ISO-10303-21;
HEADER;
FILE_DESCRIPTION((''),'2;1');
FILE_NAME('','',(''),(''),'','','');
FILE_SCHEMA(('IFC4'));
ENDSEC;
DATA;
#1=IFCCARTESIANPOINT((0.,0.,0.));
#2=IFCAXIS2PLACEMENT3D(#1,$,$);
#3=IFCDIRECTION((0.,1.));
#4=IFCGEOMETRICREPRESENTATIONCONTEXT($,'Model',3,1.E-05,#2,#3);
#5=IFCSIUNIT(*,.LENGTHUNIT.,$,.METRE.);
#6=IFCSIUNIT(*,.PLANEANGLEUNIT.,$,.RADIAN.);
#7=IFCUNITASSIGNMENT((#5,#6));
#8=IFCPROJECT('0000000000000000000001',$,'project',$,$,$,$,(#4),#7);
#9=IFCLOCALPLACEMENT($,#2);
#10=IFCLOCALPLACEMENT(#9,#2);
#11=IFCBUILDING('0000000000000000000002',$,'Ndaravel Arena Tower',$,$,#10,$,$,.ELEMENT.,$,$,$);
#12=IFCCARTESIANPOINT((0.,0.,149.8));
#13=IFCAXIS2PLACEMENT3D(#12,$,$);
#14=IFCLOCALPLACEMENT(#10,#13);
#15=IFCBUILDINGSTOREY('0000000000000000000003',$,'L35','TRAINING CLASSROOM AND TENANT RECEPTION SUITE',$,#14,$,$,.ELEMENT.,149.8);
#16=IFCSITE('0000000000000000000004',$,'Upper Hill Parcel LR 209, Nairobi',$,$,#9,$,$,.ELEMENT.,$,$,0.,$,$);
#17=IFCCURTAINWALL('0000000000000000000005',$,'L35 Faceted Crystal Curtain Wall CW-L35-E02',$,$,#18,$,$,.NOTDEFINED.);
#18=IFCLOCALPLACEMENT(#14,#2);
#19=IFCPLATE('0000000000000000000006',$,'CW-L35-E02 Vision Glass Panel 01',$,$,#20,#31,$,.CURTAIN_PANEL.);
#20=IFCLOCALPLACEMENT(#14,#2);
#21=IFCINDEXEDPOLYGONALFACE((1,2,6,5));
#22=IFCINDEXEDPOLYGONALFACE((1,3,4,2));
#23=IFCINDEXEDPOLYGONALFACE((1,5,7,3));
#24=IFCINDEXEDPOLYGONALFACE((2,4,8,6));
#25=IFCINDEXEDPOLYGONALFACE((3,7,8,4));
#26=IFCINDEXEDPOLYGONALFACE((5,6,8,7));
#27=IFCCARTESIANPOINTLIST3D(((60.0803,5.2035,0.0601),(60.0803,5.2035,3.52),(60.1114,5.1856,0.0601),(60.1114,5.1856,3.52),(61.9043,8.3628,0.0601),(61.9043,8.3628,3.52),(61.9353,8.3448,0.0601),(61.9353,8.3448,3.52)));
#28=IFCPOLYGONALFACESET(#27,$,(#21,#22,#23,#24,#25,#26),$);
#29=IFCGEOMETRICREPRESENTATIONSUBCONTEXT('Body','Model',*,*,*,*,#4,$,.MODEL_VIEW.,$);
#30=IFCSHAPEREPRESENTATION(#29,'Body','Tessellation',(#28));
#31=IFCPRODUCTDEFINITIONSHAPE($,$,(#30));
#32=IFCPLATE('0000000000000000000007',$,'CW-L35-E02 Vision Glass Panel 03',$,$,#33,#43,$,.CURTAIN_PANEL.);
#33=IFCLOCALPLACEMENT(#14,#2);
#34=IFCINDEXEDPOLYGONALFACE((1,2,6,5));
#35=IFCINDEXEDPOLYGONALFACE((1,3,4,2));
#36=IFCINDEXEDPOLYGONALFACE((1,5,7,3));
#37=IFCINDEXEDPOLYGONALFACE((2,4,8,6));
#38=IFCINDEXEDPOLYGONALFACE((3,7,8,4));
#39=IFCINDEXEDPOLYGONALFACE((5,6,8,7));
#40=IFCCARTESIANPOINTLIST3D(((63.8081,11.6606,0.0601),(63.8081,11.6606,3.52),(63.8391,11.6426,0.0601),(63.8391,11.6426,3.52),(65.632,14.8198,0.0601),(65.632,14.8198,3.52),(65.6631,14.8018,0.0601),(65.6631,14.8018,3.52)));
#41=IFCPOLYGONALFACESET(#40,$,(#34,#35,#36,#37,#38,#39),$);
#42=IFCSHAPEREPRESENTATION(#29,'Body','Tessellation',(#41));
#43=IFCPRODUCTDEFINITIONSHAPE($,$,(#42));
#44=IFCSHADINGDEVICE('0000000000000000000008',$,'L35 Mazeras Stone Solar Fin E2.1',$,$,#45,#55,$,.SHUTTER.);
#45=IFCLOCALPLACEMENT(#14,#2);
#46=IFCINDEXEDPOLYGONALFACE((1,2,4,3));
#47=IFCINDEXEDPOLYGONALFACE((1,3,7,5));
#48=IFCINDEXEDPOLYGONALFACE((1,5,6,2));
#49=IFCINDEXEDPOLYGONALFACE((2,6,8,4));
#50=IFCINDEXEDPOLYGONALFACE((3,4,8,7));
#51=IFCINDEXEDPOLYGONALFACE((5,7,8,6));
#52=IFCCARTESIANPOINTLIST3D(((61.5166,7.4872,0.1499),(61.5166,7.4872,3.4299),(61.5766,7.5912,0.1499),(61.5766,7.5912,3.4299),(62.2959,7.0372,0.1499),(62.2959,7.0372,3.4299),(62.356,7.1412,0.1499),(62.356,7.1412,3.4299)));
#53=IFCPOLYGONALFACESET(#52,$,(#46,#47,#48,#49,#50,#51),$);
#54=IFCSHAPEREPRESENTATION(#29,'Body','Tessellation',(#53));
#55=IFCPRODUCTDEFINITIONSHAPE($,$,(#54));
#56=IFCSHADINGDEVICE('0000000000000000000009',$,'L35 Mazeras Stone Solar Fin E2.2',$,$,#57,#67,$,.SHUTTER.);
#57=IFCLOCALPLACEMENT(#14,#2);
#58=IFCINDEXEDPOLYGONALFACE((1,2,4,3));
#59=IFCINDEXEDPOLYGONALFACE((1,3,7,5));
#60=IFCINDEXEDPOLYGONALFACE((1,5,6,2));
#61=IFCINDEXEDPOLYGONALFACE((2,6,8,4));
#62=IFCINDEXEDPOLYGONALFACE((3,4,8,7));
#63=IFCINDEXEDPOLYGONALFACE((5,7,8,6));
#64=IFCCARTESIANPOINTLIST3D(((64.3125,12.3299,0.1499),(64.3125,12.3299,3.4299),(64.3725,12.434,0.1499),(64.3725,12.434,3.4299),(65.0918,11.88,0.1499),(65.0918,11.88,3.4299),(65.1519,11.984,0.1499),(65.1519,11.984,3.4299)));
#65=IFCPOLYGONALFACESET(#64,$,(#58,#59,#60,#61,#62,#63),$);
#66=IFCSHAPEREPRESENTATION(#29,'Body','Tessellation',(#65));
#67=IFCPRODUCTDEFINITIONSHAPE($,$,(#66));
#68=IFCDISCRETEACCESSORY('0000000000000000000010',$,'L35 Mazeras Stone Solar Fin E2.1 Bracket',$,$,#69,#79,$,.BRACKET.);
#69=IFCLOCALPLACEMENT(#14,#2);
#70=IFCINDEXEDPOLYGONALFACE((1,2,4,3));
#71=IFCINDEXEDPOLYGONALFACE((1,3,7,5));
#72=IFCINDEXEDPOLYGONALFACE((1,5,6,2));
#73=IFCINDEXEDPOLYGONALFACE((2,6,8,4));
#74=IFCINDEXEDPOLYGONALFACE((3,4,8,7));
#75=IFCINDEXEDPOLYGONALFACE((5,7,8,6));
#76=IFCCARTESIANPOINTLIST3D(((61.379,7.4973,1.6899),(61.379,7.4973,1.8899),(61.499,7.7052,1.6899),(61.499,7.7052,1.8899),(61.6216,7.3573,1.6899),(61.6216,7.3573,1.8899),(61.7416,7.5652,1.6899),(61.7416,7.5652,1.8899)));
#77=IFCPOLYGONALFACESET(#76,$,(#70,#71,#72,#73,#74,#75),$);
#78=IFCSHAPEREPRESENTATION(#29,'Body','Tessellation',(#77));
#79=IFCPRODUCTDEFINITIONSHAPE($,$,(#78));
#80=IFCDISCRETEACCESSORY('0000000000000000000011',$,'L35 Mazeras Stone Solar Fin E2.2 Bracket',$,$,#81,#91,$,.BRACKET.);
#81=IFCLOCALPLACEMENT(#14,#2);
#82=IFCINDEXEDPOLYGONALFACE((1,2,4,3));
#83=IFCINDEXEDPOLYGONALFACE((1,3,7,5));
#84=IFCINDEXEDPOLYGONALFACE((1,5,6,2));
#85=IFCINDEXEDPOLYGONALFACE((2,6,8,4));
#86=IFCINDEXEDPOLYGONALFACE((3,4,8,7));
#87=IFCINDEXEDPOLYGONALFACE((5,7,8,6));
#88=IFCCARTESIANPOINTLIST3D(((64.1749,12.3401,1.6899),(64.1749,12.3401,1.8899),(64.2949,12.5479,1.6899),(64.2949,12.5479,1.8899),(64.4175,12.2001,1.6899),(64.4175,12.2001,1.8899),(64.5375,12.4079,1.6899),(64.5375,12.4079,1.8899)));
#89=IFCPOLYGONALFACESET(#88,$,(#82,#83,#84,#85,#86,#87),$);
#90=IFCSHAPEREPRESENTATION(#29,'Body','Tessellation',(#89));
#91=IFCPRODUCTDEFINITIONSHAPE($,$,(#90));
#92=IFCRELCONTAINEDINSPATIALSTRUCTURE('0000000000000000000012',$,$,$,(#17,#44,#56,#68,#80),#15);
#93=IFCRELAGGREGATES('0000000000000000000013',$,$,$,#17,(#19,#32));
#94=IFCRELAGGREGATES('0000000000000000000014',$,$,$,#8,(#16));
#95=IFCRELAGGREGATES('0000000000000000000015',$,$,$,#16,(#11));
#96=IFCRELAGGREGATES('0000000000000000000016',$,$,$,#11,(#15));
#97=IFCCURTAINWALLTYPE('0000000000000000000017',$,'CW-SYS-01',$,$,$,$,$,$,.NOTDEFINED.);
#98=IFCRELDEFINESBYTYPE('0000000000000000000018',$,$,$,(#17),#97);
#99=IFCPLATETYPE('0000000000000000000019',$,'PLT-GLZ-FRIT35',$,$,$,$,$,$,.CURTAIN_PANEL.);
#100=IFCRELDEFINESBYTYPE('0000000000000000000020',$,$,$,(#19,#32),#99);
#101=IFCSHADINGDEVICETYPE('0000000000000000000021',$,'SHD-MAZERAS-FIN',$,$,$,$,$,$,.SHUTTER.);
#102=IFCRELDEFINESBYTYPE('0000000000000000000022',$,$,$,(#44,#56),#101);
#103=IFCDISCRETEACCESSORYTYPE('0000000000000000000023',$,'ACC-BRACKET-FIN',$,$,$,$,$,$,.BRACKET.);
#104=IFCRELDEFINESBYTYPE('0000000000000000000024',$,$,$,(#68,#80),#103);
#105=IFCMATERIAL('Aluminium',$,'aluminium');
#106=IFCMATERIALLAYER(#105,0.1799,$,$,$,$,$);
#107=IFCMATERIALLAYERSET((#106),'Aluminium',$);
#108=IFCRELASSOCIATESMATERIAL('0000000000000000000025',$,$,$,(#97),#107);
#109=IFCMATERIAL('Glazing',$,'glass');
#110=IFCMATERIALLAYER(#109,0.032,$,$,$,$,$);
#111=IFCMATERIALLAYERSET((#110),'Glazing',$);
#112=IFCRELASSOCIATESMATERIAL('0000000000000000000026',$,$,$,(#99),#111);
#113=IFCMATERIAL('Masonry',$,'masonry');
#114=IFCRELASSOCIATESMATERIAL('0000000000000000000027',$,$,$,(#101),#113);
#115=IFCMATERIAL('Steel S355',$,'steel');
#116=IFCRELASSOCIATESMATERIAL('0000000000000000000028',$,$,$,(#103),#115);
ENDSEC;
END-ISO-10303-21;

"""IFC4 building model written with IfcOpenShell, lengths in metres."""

from ifc_helpers import new_model, si_unit, direction, frame, origin, origin_2d, place, context, subcontext, project, spatial, rectangle, extrude, material, layer, layer_set, type_object, element, aggregate, save


model = new_model("IFC4")

# Units and contexts
model_context = context("Model", 3, precision=1e-05, world=origin(), true_north=direction((0.0, 1.0)))
body_context = subcontext(model_context, "Body", "Model", "MODEL_VIEW")
ifc_project = project(units=[si_unit("LENGTHUNIT", "METRE"), si_unit("PLANEANGLEUNIT", "RADIAN")], contexts=[model_context])

# Site, building, storey
site_placement = place(None, origin())
site = spatial("IfcSite", under=ifc_project, at=site_placement, Name="Upper Hill Parcel LR 209, Nairobi", CompositionType="ELEMENT", RefElevation=0.0)
building_placement = place(site_placement, origin())
building = spatial("IfcBuilding", under=site, at=building_placement, Name="Ndaravel Arena Tower", CompositionType="ELEMENT")
storey_placement = place(building_placement, frame((0.0, 0.0, 149.8)))
storey = spatial("IfcBuildingStorey", under=building, at=storey_placement, Name="L35", Description="TRAINING CLASSROOM AND TENANT RECEPTION SUITE", CompositionType="ELEMENT", Elevation=149.8)

# Curtain wall, plates
ifc_material_1 = material(Name="Aluminium", Category="aluminium")
ifc_layer_1 = layer(ifc_material_1, 0.1799)
ifc_layer_set_1 = layer_set([ifc_layer_1], Name="Aluminium")
curtain_wall_type = type_object("IfcCurtainWallType", Name="CW-SYS-01", PredefinedType="NOTDEFINED", material=ifc_layer_set_1)
curtain_wall_placement = place(storey_placement, origin())
curtain_wall = element("IfcCurtainWall", 1, at=curtain_wall_placement, inside=storey, type_object=curtain_wall_type, Name="L35 Faceted Crystal Curtain Wall CW-L35-E02", PredefinedType="NOTDEFINED")
ifc_material_2 = material(Name="Glazing", Category="glass")
ifc_layer_2 = layer(ifc_material_2, 0.032)
ifc_layer_set_2 = layer_set([ifc_layer_2], Name="Glazing")
plate_type_1 = type_object("IfcPlateType", Name="PLT-GLZ-FRIT35", PredefinedType="CURTAIN_PANEL", material=ifc_layer_set_2)
plate_1_placement = place(storey_placement, frame((61.0078, 6.7742, 0.0601), z_axis=(0.0, 0.0, 1.0), x_axis=(0.5, 0.866025, 0.0)))
plate_1 = element("IfcPlate", 2, at=plate_1_placement, type_object=plate_type_1, Name="CW-L35-E02 Vision Glass Panel 01", PredefinedType="CURTAIN_PANEL", context=body_context, shape_type="SweptSolid", body=[
    extrude(rectangle(XDim=3.6479, YDim=0.0359, at=origin_2d()), origin(), (0.0, 0.0, 1.0), 3.46),
])
plate_2_placement = place(storey_placement, frame((64.7356, 13.2312, 0.0601), z_axis=(0.0, 0.0, 1.0), x_axis=(0.5, 0.866025, 0.0)))
plate_2 = element("IfcPlate", 3, at=plate_2_placement, type_object=plate_type_1, Name="CW-L35-E02 Vision Glass Panel 03", PredefinedType="CURTAIN_PANEL", context=body_context, shape_type="SweptSolid", body=[
    extrude(rectangle(XDim=3.6479, YDim=0.0359, at=origin_2d()), origin(), (0.0, 0.0, 1.0), 3.46),
])
aggregate(curtain_wall, [plate_1, plate_2])

# Shading devices
ifc_material_3 = material(Name="Masonry", Category="masonry")
shading_device_type = type_object("IfcShadingDeviceType", Name="SHD-MAZERAS-FIN", PredefinedType="SHUTTER", material=ifc_material_3)
for number, where, z_axis, x_axis, name in (
    (4, (61.9363, 7.3142, 0.1499), (0.0, 0.0, 1.0), (0.866025, -0.5, 0.0), "L35 Mazeras Stone Solar Fin E2.1"),
    (5, (64.7322, 12.157, 0.1499), (0.0, 0.0, 1.0), (0.866025, -0.5, 0.0), "L35 Mazeras Stone Solar Fin E2.2"),
):
    element("IfcShadingDevice", number, at=place(storey_placement, frame(where, z_axis=z_axis, x_axis=x_axis)), inside=storey, type_object=shading_device_type, Name=name, PredefinedType="SHUTTER", context=body_context, shape_type="SweptSolid", body=[
        extrude(rectangle(XDim=0.8999, YDim=0.1201, at=origin_2d()), origin(), (0.0, 0.0, 1.0), 3.28),
    ])

# Discrete accessories
ifc_material_4 = material(Name="Steel S355", Category="steel")
discrete_accessory_type = type_object("IfcDiscreteAccessoryType", Name="ACC-BRACKET-FIN", PredefinedType="BRACKET", material=ifc_material_4)
for number, where, z_axis, x_axis, name in (
    (6, (61.5603, 7.5312, 1.6899), (0.0, 0.0, 1.0), (0.866025, -0.5, 0.0), "L35 Mazeras Stone Solar Fin E2.1 Bracket"),
    (7, (64.3562, 12.374, 1.6899), (0.0, 0.0, 1.0), (0.866025, -0.5, 0.0), "L35 Mazeras Stone Solar Fin E2.2 Bracket"),
):
    element("IfcDiscreteAccessory", number, at=place(storey_placement, frame(where, z_axis=z_axis, x_axis=x_axis)), inside=storey, type_object=discrete_accessory_type, Name=name, PredefinedType="BRACKET", context=body_context, shape_type="SweptSolid", body=[
        extrude(rectangle(XDim=0.28, YDim=0.24, at=origin_2d()), origin(), (0.0, 0.0, 1.0), 0.2),
    ])

save(model, "model.ifc")
